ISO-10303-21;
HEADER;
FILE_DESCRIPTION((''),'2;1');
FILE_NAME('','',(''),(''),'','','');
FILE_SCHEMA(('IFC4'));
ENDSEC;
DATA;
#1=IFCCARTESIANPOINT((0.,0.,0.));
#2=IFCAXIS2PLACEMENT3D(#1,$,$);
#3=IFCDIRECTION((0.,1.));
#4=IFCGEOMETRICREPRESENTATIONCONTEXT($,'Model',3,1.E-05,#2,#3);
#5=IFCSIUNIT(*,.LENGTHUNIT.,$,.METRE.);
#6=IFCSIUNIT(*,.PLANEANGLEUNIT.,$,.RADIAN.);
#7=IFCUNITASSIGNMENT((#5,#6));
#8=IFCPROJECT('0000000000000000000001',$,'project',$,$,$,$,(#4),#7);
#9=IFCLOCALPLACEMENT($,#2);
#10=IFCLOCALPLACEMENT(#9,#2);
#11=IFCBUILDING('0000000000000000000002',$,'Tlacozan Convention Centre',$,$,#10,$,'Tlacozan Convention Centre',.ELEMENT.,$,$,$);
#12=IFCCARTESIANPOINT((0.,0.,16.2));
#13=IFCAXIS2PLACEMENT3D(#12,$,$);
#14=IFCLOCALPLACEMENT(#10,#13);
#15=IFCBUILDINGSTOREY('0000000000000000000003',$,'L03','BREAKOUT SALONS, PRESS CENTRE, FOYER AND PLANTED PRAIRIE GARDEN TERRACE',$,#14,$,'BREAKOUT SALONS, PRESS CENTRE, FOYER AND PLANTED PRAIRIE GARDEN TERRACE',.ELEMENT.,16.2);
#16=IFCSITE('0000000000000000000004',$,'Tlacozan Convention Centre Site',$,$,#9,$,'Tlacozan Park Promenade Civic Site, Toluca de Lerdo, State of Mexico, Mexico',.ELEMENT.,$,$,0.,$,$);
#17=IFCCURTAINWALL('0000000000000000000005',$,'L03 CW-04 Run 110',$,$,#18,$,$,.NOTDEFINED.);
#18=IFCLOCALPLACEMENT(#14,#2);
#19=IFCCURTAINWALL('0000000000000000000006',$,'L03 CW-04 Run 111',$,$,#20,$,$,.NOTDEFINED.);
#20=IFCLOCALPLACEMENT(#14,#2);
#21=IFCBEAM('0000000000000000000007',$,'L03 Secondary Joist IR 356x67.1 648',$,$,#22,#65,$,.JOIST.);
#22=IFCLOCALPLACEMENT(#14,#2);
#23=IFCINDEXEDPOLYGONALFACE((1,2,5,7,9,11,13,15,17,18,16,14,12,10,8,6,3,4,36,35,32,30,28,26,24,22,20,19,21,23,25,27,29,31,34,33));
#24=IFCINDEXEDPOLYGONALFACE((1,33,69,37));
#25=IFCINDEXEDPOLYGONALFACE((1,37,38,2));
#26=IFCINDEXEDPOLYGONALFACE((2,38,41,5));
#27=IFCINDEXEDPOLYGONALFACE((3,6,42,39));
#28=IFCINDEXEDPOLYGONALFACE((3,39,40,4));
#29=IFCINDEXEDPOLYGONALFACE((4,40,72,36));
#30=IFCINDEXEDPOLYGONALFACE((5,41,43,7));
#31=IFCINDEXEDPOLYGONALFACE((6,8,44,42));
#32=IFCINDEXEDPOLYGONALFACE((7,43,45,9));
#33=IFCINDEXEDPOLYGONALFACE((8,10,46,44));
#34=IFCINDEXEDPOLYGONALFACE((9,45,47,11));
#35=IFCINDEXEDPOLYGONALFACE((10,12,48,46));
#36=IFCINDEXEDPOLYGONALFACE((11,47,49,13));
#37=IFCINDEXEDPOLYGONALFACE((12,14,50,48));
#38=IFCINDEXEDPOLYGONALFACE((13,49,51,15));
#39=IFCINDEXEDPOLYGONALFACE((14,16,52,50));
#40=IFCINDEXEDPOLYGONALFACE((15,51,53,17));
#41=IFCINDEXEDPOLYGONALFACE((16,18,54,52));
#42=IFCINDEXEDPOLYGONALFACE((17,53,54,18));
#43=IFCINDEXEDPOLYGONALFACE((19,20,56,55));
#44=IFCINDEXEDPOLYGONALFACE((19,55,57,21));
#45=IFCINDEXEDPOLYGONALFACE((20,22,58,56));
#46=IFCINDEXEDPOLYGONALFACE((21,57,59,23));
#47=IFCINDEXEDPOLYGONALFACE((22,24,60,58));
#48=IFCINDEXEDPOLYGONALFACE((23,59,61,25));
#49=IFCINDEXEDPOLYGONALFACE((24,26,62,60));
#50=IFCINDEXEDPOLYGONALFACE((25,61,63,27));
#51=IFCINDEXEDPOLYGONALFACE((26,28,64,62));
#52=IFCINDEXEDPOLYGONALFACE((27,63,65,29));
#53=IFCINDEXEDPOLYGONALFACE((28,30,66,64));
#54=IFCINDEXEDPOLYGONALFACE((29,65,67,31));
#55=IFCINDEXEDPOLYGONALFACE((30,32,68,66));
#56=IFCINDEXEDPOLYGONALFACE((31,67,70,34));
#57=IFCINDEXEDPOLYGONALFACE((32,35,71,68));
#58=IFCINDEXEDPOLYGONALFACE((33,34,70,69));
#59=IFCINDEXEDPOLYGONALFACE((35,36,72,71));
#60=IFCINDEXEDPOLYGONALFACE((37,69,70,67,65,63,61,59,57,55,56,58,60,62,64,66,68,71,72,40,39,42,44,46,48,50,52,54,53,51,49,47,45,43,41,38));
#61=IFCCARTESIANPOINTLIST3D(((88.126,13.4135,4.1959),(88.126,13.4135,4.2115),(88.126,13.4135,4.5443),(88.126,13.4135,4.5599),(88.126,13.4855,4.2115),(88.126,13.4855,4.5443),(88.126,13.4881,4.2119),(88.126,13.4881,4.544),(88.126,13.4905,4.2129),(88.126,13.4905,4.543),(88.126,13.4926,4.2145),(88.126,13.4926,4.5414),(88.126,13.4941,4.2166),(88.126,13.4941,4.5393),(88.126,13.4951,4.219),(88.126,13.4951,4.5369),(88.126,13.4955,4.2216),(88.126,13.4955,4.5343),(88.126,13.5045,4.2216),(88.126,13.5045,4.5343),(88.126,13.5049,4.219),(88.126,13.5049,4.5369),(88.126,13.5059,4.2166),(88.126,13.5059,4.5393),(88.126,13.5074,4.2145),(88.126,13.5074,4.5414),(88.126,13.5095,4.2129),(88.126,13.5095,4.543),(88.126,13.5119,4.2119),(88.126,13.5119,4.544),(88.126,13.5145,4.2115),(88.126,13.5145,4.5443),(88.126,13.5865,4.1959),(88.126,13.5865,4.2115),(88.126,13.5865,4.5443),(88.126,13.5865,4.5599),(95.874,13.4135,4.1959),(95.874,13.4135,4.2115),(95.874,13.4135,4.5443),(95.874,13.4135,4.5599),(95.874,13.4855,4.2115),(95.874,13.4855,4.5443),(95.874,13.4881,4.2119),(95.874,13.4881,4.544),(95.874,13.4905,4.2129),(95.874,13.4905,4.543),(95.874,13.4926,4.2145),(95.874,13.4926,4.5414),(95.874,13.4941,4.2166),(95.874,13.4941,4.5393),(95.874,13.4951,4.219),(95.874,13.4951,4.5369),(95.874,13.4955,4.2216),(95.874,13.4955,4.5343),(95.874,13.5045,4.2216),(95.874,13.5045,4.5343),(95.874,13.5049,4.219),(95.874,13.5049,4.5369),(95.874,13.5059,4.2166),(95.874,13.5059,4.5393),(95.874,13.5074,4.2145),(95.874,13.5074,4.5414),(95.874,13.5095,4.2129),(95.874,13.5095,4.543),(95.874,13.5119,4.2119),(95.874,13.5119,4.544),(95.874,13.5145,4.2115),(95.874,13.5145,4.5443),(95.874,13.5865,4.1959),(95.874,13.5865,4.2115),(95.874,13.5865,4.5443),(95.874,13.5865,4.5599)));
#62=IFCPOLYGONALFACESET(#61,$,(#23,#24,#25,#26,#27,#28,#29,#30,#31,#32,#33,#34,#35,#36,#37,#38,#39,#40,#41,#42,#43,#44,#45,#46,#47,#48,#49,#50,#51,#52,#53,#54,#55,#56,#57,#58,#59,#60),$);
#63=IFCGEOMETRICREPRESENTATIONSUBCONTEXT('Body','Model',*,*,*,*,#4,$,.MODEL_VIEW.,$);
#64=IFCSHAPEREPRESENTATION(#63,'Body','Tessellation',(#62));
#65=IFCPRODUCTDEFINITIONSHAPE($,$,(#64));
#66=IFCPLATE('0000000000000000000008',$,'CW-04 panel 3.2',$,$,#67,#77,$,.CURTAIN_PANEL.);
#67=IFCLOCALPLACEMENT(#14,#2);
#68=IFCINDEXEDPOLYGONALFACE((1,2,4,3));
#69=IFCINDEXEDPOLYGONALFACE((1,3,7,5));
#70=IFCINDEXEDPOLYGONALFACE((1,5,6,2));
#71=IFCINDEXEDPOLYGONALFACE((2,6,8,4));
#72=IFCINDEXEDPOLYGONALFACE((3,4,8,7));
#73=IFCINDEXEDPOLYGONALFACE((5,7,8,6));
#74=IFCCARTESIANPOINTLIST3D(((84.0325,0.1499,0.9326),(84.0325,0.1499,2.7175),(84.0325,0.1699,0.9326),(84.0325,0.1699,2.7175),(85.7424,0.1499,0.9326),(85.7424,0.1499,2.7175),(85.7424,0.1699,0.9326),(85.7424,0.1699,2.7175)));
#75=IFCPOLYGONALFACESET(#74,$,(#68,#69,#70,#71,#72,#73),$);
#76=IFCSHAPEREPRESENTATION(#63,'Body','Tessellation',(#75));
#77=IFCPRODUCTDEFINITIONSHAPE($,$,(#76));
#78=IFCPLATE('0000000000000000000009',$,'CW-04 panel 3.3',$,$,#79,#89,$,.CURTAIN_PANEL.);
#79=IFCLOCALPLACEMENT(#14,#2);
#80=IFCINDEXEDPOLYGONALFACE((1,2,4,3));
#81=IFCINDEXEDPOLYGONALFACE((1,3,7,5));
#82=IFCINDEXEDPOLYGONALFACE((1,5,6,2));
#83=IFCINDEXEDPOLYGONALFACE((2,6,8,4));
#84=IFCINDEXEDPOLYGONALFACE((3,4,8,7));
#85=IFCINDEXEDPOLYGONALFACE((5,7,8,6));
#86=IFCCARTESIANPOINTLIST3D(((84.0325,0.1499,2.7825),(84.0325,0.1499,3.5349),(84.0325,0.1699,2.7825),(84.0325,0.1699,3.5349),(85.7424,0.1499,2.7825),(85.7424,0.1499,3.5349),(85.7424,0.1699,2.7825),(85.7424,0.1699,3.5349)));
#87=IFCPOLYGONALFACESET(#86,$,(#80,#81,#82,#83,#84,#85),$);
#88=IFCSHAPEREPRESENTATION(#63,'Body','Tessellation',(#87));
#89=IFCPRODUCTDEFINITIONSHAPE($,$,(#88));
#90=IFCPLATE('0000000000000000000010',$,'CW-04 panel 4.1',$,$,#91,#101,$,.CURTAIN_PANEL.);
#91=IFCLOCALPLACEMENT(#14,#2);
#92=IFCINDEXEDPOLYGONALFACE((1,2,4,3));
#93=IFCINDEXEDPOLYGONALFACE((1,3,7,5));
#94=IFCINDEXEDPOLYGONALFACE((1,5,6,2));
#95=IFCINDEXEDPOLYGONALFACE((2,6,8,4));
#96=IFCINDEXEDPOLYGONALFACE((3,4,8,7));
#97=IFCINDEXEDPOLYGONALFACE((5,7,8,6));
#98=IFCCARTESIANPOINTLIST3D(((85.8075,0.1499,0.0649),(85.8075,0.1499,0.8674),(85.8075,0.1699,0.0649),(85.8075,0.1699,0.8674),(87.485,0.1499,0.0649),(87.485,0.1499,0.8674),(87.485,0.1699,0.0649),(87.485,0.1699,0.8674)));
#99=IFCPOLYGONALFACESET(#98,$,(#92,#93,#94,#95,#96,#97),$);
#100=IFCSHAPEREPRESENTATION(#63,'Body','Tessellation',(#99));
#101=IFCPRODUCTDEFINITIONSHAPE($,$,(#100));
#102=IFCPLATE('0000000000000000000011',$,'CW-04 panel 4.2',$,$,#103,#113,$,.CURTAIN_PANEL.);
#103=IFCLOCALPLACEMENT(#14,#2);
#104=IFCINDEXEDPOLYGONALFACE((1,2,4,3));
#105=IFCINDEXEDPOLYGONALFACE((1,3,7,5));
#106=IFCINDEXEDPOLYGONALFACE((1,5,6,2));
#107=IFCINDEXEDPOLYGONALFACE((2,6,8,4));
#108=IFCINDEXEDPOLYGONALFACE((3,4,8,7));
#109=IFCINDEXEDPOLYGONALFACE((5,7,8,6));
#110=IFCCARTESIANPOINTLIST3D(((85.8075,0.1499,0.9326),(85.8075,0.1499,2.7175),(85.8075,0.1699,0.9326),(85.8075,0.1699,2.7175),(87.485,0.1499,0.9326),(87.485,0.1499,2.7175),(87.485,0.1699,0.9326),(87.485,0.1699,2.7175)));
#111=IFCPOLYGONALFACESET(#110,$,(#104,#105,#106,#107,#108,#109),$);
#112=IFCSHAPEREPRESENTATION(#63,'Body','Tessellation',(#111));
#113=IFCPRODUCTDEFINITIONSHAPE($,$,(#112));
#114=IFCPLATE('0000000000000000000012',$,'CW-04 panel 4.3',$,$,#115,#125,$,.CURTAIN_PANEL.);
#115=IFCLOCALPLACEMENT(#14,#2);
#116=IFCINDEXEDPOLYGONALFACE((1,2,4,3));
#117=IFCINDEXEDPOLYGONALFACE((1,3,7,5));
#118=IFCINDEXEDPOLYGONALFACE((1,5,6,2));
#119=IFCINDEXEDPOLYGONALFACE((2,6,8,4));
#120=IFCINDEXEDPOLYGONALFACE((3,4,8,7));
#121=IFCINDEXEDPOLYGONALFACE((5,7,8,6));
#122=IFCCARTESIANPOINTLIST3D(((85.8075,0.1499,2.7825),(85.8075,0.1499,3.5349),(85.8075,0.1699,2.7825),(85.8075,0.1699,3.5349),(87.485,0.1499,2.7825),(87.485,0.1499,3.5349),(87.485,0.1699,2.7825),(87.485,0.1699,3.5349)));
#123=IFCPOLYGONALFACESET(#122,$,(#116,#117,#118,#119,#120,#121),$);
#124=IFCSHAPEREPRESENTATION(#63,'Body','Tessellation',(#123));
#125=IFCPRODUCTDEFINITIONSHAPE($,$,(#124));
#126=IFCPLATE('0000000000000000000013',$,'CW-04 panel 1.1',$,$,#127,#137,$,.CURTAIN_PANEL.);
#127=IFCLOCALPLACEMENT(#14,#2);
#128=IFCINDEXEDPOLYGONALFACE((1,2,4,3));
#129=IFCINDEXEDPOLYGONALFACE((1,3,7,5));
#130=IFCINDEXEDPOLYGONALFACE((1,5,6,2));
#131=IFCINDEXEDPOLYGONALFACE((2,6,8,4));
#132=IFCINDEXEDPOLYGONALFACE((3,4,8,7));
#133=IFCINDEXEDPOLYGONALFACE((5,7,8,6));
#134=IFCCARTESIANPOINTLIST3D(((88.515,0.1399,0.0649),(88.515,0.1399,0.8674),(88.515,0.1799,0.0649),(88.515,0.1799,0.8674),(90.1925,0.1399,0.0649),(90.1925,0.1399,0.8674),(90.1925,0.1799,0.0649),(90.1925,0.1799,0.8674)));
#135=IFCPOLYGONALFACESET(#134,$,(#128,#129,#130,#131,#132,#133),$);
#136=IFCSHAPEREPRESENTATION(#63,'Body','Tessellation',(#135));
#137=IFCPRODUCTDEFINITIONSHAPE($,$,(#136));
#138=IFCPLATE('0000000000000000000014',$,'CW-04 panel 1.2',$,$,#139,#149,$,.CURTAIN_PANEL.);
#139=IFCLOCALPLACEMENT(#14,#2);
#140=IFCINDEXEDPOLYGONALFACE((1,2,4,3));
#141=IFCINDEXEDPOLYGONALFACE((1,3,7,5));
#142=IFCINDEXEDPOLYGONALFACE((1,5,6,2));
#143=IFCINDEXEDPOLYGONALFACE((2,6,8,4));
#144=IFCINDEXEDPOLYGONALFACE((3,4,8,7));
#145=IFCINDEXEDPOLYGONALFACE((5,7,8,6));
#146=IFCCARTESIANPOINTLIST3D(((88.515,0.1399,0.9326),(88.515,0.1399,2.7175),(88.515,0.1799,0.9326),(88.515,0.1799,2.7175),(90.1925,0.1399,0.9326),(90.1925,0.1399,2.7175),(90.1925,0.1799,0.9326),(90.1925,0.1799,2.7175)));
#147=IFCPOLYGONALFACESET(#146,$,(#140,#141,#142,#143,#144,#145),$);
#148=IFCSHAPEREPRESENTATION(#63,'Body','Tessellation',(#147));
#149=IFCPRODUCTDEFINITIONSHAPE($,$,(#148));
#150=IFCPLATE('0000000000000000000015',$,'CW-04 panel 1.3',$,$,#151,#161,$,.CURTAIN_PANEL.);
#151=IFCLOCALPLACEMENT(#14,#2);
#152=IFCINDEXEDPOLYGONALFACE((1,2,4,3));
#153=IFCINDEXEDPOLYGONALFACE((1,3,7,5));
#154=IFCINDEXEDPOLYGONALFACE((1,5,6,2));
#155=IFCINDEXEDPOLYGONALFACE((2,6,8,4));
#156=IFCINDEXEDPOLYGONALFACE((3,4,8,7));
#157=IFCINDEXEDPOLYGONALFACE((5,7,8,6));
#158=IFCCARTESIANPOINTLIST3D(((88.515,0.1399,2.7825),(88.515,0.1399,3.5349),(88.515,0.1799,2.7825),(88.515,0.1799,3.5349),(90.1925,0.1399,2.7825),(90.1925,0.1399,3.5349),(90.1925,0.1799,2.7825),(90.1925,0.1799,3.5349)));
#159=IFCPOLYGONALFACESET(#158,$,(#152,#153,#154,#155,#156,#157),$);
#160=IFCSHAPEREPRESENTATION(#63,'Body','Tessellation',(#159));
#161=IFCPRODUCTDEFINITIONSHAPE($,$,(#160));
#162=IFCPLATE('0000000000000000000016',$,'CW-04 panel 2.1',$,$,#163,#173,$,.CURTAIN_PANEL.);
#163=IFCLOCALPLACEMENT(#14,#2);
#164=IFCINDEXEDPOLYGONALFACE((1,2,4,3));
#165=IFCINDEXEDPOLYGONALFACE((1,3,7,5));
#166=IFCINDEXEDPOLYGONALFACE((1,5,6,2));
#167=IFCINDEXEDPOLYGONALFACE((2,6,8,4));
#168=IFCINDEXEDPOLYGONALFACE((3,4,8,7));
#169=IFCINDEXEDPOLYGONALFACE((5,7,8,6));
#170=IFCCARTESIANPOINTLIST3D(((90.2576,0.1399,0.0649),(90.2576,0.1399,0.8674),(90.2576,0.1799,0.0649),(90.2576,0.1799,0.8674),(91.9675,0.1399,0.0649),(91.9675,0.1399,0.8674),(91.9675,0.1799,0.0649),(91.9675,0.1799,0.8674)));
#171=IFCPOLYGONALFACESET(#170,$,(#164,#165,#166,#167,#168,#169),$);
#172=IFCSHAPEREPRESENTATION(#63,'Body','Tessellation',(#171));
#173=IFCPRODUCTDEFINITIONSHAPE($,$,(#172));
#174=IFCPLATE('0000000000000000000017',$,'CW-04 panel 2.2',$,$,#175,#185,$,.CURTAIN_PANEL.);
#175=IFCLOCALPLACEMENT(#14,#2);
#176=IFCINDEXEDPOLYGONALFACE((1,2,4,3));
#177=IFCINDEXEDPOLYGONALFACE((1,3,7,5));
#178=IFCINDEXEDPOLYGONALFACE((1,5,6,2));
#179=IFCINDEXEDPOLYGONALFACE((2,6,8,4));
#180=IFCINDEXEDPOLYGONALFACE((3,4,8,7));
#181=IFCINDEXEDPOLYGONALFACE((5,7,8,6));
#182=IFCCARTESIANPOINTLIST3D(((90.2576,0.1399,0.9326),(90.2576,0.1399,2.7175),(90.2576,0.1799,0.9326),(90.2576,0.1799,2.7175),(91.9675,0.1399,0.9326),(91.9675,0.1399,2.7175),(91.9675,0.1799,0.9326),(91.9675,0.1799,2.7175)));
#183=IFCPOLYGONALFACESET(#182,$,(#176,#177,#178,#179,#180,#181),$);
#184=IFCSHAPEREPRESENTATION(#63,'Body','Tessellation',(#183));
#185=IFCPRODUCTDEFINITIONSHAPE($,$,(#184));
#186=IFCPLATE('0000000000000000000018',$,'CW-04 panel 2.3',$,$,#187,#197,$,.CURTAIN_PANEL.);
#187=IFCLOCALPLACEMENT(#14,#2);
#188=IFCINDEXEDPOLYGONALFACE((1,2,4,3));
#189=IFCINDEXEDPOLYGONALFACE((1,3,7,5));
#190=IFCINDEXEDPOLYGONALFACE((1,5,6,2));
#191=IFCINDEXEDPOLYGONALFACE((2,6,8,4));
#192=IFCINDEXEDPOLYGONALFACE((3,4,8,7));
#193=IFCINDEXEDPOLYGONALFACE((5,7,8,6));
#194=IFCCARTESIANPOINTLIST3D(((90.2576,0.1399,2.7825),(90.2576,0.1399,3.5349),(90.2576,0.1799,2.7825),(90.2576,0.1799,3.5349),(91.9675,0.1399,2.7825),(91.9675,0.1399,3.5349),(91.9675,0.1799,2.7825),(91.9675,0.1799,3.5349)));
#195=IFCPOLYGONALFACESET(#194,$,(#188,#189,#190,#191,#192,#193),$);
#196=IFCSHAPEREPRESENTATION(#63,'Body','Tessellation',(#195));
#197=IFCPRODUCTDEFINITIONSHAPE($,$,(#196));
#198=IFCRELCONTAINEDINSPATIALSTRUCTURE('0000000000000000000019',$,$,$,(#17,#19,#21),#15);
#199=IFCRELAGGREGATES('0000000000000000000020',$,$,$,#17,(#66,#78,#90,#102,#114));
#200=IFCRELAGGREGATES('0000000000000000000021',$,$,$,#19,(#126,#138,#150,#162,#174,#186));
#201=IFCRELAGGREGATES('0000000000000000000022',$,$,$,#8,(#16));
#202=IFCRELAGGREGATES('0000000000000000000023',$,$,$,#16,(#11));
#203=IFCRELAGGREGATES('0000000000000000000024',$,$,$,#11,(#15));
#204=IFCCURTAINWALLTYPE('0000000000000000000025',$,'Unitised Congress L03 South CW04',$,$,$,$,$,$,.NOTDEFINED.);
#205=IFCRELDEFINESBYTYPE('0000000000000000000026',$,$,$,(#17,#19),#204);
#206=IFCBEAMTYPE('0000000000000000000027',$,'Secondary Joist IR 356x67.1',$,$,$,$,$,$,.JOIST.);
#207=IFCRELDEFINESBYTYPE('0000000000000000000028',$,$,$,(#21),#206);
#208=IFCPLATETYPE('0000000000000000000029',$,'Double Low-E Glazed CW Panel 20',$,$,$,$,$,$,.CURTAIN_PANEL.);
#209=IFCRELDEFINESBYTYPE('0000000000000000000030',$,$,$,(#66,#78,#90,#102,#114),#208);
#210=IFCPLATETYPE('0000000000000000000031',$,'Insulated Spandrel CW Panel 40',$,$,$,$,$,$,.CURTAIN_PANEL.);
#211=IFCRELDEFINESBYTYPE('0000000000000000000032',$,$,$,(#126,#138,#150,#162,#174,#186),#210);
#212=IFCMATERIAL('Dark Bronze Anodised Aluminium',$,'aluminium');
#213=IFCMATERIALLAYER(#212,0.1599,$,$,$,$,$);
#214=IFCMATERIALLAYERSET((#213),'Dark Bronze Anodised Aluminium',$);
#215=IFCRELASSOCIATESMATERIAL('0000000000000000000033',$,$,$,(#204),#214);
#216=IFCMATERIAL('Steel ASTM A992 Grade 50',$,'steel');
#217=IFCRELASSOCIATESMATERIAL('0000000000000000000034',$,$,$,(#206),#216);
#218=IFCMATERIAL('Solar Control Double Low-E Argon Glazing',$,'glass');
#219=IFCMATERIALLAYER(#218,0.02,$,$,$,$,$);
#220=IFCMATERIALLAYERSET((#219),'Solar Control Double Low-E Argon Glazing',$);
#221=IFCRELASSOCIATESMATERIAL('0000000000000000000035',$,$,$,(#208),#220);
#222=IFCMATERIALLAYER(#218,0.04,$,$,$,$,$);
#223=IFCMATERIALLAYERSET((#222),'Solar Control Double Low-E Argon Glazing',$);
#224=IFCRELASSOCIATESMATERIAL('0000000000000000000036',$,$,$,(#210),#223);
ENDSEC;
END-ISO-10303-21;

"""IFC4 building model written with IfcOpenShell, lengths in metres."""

from ifc_helpers import new_model, si_unit, direction, frame, origin, origin_2d, place, context, subcontext, project, spatial, rectangle, i_section, extrude, material, layer, layer_set, material_profile, profile_set, type_object, element, aggregate, save


model = new_model("IFC4")

# Units and contexts
model_context = context("Model", 3, precision=1e-05, world=origin(), true_north=direction((0.0, 1.0)))
body_context = subcontext(model_context, "Body", "Model", "MODEL_VIEW")
ifc_project = project(units=[si_unit("LENGTHUNIT", "METRE"), si_unit("PLANEANGLEUNIT", "RADIAN")], contexts=[model_context])

# Site, building, storey
site_placement = place(None, origin())
site = spatial("IfcSite", under=ifc_project, at=site_placement, Name="Tlacozan Convention Centre Site", LongName="Tlacozan Park Promenade Civic Site, Toluca de Lerdo, State of Mexico, Mexico", CompositionType="ELEMENT", RefElevation=0.0)
building_placement = place(site_placement, origin())
building = spatial("IfcBuilding", under=site, at=building_placement, Name="Tlacozan Convention Centre", LongName="Tlacozan Convention Centre", CompositionType="ELEMENT")
storey_placement = place(building_placement, frame((0.0, 0.0, 16.2)))
storey = spatial("IfcBuildingStorey", under=building, at=storey_placement, Name="L03", Description="BREAKOUT SALONS, PRESS CENTRE, FOYER AND PLANTED PRAIRIE GARDEN TERRACE", LongName="BREAKOUT SALONS, PRESS CENTRE, FOYER AND PLANTED PRAIRIE GARDEN TERRACE", CompositionType="ELEMENT", Elevation=16.2)

# Curtain walls
ifc_material_1 = material(Name="Dark Bronze Anodised Aluminium", Category="aluminium")
ifc_layer_1 = layer(ifc_material_1, 0.1599)
ifc_layer_set_1 = layer_set([ifc_layer_1], Name="Dark Bronze Anodised Aluminium")
curtain_wall_type = type_object("IfcCurtainWallType", Name="Unitised Congress L03 South CW04", PredefinedType="NOTDEFINED", material=ifc_layer_set_1)
curtain_wall_1_placement = place(storey_placement, origin())
curtain_wall_1 = element("IfcCurtainWall", 1, at=curtain_wall_1_placement, inside=storey, type_object=curtain_wall_type, Name="L03 CW-04 Run 110", PredefinedType="NOTDEFINED")
curtain_wall_2_placement = place(storey_placement, origin())
curtain_wall_2 = element("IfcCurtainWall", 2, at=curtain_wall_2_placement, inside=storey, type_object=curtain_wall_type, Name="L03 CW-04 Run 111", PredefinedType="NOTDEFINED")

# Beam
ifc_material_2 = material(Name="Steel ASTM A992 Grade 50", Category="steel")
ifc_material_profile_1 = material_profile(ifc_material_2, i_section(OverallWidth=0.1731, OverallDepth=0.364, WebThickness=0.009, FlangeThickness=0.0156, FilletRadius=0.01, at=origin_2d()), Name="IR 356x67.1")
ifc_profile_set_1 = profile_set([ifc_material_profile_1], Name="Steel ASTM A992 Grade 50")
beam_type_1 = type_object("IfcBeamType", Name="Secondary Joist IR 356x67.1", PredefinedType="JOIST", material=ifc_profile_set_1)
for number, where, z_axis, x_axis, name in (
    (3, (88.126, 13.5, 4.3779), (1.0, 0.0, 0.0), (0.0, 1.0, 0.0), "L03 Secondary Joist IR 356x67.1 648"),
):
    element("IfcBeam", number, at=place(storey_placement, frame(where, z_axis=z_axis, x_axis=x_axis)), inside=storey, type_object=beam_type_1, Name=name, PredefinedType="JOIST", context=body_context, shape_type="SweptSolid", body=[
        extrude(i_section(OverallWidth=0.1731, OverallDepth=0.364, WebThickness=0.009, FlangeThickness=0.0156, FilletRadius=0.01, at=origin_2d()), origin(), (0.0, 0.0, 1.0), 7.748),
    ])

# Plates
ifc_material_3 = material(Name="Solar Control Double Low-E Argon Glazing", Category="glass")
ifc_layer_2 = layer(ifc_material_3, 0.02)
ifc_layer_set_2 = layer_set([ifc_layer_2], Name="Solar Control Double Low-E Argon Glazing")
plate_type_1 = type_object("IfcPlateType", Name="Double Low-E Glazed CW Panel 20", PredefinedType="CURTAIN_PANEL", material=ifc_layer_set_2)
plate_1_placement = place(storey_placement, frame((84.8875, 0.1599, 0.9326), z_axis=(0.0, 0.0, 1.0), x_axis=(1.0, 0.0, 0.0)))
plate_1 = element("IfcPlate", 4, at=plate_1_placement, type_object=plate_type_1, Name="CW-04 panel 3.2", PredefinedType="CURTAIN_PANEL", context=body_context, shape_type="SweptSolid", body=[
    extrude(rectangle(XDim=1.71, YDim=0.02, at=origin_2d()), origin(), (0.0, 0.0, 1.0), 1.7849),
])
plate_2_placement = place(storey_placement, frame((84.8875, 0.1599, 2.7825), z_axis=(0.0, 0.0, 1.0), x_axis=(1.0, 0.0, 0.0)))
plate_2 = element("IfcPlate", 5, at=plate_2_placement, type_object=plate_type_1, Name="CW-04 panel 3.3", PredefinedType="CURTAIN_PANEL", context=body_context, shape_type="SweptSolid", body=[
    extrude(rectangle(XDim=1.71, YDim=0.02, at=origin_2d()), origin(), (0.0, 0.0, 1.0), 0.7524),
])
plate_3_placement = place(storey_placement, frame((86.6462, 0.1599, 0.0649), z_axis=(0.0, 0.0, 1.0), x_axis=(1.0, 0.0, 0.0)))
plate_3 = element("IfcPlate", 6, at=plate_3_placement, type_object=plate_type_1, Name="CW-04 panel 4.1", PredefinedType="CURTAIN_PANEL", context=body_context, shape_type="SweptSolid", body=[
    extrude(rectangle(XDim=1.6775, YDim=0.02, at=origin_2d()), origin(), (0.0, 0.0, 1.0), 0.8025),
])
plate_4_placement = place(storey_placement, frame((86.6462, 0.1599, 0.9326), z_axis=(0.0, 0.0, 1.0), x_axis=(1.0, 0.0, 0.0)))
plate_4 = element("IfcPlate", 7, at=plate_4_placement, type_object=plate_type_1, Name="CW-04 panel 4.2", PredefinedType="CURTAIN_PANEL", context=body_context, shape_type="SweptSolid", body=[
    extrude(rectangle(XDim=1.6775, YDim=0.02, at=origin_2d()), origin(), (0.0, 0.0, 1.0), 1.7849),
])
plate_5_placement = place(storey_placement, frame((86.6462, 0.1599, 2.7825), z_axis=(0.0, 0.0, 1.0), x_axis=(1.0, 0.0, 0.0)))
plate_5 = element("IfcPlate", 8, at=plate_5_placement, type_object=plate_type_1, Name="CW-04 panel 4.3", PredefinedType="CURTAIN_PANEL", context=body_context, shape_type="SweptSolid", body=[
    extrude(rectangle(XDim=1.6775, YDim=0.02, at=origin_2d()), origin(), (0.0, 0.0, 1.0), 0.7524),
])
aggregate(curtain_wall_1, [plate_1, plate_2, plate_3, plate_4, plate_5])
ifc_layer_3 = layer(ifc_material_3, 0.04)
ifc_layer_set_3 = layer_set([ifc_layer_3], Name="Solar Control Double Low-E Argon Glazing")
plate_type_2 = type_object("IfcPlateType", Name="Insulated Spandrel CW Panel 40", PredefinedType="CURTAIN_PANEL", material=ifc_layer_set_3)
plate_6_placement = place(storey_placement, frame((89.3538, 0.1599, 0.0649), z_axis=(0.0, 0.0, 1.0), x_axis=(1.0, 0.0, 0.0)))
plate_6 = element("IfcPlate", 9, at=plate_6_placement, type_object=plate_type_2, Name="CW-04 panel 1.1", PredefinedType="CURTAIN_PANEL", context=body_context, shape_type="SweptSolid", body=[
    extrude(rectangle(XDim=1.6775, YDim=0.04, at=origin_2d()), origin(), (0.0, 0.0, 1.0), 0.8025),
])
plate_7_placement = place(storey_placement, frame((89.3538, 0.1599, 0.9326), z_axis=(0.0, 0.0, 1.0), x_axis=(1.0, 0.0, 0.0)))
plate_7 = element("IfcPlate", 10, at=plate_7_placement, type_object=plate_type_2, Name="CW-04 panel 1.2", PredefinedType="CURTAIN_PANEL", context=body_context, shape_type="SweptSolid", body=[
    extrude(rectangle(XDim=1.6775, YDim=0.04, at=origin_2d()), origin(), (0.0, 0.0, 1.0), 1.7849),
])
plate_8_placement = place(storey_placement, frame((89.3538, 0.1599, 2.7825), z_axis=(0.0, 0.0, 1.0), x_axis=(1.0, 0.0, 0.0)))
plate_8 = element("IfcPlate", 11, at=plate_8_placement, type_object=plate_type_2, Name="CW-04 panel 1.3", PredefinedType="CURTAIN_PANEL", context=body_context, shape_type="SweptSolid", body=[
    extrude(rectangle(XDim=1.6775, YDim=0.04, at=origin_2d()), origin(), (0.0, 0.0, 1.0), 0.7524),
])
plate_9_placement = place(storey_placement, frame((91.1125, 0.1599, 0.0649), z_axis=(0.0, 0.0, 1.0), x_axis=(1.0, 0.0, 0.0)))
plate_9 = element("IfcPlate", 12, at=plate_9_placement, type_object=plate_type_2, Name="CW-04 panel 2.1", PredefinedType="CURTAIN_PANEL", context=body_context, shape_type="SweptSolid", body=[
    extrude(rectangle(XDim=1.71, YDim=0.04, at=origin_2d()), origin(), (0.0, 0.0, 1.0), 0.8025),
])
plate_10_placement = place(storey_placement, frame((91.1125, 0.1599, 0.9326), z_axis=(0.0, 0.0, 1.0), x_axis=(1.0, 0.0, 0.0)))
plate_10 = element("IfcPlate", 13, at=plate_10_placement, type_object=plate_type_2, Name="CW-04 panel 2.2", PredefinedType="CURTAIN_PANEL", context=body_context, shape_type="SweptSolid", body=[
    extrude(rectangle(XDim=1.71, YDim=0.04, at=origin_2d()), origin(), (0.0, 0.0, 1.0), 1.7849),
])
plate_11_placement = place(storey_placement, frame((91.1125, 0.1599, 2.7825), z_axis=(0.0, 0.0, 1.0), x_axis=(1.0, 0.0, 0.0)))
plate_11 = element("IfcPlate", 14, at=plate_11_placement, type_object=plate_type_2, Name="CW-04 panel 2.3", PredefinedType="CURTAIN_PANEL", context=body_context, shape_type="SweptSolid", body=[
    extrude(rectangle(XDim=1.71, YDim=0.04, at=origin_2d()), origin(), (0.0, 0.0, 1.0), 0.7524),
])
aggregate(curtain_wall_2, [plate_6, plate_7, plate_8, plate_9, plate_10, plate_11])

save(model, "model.ifc")
